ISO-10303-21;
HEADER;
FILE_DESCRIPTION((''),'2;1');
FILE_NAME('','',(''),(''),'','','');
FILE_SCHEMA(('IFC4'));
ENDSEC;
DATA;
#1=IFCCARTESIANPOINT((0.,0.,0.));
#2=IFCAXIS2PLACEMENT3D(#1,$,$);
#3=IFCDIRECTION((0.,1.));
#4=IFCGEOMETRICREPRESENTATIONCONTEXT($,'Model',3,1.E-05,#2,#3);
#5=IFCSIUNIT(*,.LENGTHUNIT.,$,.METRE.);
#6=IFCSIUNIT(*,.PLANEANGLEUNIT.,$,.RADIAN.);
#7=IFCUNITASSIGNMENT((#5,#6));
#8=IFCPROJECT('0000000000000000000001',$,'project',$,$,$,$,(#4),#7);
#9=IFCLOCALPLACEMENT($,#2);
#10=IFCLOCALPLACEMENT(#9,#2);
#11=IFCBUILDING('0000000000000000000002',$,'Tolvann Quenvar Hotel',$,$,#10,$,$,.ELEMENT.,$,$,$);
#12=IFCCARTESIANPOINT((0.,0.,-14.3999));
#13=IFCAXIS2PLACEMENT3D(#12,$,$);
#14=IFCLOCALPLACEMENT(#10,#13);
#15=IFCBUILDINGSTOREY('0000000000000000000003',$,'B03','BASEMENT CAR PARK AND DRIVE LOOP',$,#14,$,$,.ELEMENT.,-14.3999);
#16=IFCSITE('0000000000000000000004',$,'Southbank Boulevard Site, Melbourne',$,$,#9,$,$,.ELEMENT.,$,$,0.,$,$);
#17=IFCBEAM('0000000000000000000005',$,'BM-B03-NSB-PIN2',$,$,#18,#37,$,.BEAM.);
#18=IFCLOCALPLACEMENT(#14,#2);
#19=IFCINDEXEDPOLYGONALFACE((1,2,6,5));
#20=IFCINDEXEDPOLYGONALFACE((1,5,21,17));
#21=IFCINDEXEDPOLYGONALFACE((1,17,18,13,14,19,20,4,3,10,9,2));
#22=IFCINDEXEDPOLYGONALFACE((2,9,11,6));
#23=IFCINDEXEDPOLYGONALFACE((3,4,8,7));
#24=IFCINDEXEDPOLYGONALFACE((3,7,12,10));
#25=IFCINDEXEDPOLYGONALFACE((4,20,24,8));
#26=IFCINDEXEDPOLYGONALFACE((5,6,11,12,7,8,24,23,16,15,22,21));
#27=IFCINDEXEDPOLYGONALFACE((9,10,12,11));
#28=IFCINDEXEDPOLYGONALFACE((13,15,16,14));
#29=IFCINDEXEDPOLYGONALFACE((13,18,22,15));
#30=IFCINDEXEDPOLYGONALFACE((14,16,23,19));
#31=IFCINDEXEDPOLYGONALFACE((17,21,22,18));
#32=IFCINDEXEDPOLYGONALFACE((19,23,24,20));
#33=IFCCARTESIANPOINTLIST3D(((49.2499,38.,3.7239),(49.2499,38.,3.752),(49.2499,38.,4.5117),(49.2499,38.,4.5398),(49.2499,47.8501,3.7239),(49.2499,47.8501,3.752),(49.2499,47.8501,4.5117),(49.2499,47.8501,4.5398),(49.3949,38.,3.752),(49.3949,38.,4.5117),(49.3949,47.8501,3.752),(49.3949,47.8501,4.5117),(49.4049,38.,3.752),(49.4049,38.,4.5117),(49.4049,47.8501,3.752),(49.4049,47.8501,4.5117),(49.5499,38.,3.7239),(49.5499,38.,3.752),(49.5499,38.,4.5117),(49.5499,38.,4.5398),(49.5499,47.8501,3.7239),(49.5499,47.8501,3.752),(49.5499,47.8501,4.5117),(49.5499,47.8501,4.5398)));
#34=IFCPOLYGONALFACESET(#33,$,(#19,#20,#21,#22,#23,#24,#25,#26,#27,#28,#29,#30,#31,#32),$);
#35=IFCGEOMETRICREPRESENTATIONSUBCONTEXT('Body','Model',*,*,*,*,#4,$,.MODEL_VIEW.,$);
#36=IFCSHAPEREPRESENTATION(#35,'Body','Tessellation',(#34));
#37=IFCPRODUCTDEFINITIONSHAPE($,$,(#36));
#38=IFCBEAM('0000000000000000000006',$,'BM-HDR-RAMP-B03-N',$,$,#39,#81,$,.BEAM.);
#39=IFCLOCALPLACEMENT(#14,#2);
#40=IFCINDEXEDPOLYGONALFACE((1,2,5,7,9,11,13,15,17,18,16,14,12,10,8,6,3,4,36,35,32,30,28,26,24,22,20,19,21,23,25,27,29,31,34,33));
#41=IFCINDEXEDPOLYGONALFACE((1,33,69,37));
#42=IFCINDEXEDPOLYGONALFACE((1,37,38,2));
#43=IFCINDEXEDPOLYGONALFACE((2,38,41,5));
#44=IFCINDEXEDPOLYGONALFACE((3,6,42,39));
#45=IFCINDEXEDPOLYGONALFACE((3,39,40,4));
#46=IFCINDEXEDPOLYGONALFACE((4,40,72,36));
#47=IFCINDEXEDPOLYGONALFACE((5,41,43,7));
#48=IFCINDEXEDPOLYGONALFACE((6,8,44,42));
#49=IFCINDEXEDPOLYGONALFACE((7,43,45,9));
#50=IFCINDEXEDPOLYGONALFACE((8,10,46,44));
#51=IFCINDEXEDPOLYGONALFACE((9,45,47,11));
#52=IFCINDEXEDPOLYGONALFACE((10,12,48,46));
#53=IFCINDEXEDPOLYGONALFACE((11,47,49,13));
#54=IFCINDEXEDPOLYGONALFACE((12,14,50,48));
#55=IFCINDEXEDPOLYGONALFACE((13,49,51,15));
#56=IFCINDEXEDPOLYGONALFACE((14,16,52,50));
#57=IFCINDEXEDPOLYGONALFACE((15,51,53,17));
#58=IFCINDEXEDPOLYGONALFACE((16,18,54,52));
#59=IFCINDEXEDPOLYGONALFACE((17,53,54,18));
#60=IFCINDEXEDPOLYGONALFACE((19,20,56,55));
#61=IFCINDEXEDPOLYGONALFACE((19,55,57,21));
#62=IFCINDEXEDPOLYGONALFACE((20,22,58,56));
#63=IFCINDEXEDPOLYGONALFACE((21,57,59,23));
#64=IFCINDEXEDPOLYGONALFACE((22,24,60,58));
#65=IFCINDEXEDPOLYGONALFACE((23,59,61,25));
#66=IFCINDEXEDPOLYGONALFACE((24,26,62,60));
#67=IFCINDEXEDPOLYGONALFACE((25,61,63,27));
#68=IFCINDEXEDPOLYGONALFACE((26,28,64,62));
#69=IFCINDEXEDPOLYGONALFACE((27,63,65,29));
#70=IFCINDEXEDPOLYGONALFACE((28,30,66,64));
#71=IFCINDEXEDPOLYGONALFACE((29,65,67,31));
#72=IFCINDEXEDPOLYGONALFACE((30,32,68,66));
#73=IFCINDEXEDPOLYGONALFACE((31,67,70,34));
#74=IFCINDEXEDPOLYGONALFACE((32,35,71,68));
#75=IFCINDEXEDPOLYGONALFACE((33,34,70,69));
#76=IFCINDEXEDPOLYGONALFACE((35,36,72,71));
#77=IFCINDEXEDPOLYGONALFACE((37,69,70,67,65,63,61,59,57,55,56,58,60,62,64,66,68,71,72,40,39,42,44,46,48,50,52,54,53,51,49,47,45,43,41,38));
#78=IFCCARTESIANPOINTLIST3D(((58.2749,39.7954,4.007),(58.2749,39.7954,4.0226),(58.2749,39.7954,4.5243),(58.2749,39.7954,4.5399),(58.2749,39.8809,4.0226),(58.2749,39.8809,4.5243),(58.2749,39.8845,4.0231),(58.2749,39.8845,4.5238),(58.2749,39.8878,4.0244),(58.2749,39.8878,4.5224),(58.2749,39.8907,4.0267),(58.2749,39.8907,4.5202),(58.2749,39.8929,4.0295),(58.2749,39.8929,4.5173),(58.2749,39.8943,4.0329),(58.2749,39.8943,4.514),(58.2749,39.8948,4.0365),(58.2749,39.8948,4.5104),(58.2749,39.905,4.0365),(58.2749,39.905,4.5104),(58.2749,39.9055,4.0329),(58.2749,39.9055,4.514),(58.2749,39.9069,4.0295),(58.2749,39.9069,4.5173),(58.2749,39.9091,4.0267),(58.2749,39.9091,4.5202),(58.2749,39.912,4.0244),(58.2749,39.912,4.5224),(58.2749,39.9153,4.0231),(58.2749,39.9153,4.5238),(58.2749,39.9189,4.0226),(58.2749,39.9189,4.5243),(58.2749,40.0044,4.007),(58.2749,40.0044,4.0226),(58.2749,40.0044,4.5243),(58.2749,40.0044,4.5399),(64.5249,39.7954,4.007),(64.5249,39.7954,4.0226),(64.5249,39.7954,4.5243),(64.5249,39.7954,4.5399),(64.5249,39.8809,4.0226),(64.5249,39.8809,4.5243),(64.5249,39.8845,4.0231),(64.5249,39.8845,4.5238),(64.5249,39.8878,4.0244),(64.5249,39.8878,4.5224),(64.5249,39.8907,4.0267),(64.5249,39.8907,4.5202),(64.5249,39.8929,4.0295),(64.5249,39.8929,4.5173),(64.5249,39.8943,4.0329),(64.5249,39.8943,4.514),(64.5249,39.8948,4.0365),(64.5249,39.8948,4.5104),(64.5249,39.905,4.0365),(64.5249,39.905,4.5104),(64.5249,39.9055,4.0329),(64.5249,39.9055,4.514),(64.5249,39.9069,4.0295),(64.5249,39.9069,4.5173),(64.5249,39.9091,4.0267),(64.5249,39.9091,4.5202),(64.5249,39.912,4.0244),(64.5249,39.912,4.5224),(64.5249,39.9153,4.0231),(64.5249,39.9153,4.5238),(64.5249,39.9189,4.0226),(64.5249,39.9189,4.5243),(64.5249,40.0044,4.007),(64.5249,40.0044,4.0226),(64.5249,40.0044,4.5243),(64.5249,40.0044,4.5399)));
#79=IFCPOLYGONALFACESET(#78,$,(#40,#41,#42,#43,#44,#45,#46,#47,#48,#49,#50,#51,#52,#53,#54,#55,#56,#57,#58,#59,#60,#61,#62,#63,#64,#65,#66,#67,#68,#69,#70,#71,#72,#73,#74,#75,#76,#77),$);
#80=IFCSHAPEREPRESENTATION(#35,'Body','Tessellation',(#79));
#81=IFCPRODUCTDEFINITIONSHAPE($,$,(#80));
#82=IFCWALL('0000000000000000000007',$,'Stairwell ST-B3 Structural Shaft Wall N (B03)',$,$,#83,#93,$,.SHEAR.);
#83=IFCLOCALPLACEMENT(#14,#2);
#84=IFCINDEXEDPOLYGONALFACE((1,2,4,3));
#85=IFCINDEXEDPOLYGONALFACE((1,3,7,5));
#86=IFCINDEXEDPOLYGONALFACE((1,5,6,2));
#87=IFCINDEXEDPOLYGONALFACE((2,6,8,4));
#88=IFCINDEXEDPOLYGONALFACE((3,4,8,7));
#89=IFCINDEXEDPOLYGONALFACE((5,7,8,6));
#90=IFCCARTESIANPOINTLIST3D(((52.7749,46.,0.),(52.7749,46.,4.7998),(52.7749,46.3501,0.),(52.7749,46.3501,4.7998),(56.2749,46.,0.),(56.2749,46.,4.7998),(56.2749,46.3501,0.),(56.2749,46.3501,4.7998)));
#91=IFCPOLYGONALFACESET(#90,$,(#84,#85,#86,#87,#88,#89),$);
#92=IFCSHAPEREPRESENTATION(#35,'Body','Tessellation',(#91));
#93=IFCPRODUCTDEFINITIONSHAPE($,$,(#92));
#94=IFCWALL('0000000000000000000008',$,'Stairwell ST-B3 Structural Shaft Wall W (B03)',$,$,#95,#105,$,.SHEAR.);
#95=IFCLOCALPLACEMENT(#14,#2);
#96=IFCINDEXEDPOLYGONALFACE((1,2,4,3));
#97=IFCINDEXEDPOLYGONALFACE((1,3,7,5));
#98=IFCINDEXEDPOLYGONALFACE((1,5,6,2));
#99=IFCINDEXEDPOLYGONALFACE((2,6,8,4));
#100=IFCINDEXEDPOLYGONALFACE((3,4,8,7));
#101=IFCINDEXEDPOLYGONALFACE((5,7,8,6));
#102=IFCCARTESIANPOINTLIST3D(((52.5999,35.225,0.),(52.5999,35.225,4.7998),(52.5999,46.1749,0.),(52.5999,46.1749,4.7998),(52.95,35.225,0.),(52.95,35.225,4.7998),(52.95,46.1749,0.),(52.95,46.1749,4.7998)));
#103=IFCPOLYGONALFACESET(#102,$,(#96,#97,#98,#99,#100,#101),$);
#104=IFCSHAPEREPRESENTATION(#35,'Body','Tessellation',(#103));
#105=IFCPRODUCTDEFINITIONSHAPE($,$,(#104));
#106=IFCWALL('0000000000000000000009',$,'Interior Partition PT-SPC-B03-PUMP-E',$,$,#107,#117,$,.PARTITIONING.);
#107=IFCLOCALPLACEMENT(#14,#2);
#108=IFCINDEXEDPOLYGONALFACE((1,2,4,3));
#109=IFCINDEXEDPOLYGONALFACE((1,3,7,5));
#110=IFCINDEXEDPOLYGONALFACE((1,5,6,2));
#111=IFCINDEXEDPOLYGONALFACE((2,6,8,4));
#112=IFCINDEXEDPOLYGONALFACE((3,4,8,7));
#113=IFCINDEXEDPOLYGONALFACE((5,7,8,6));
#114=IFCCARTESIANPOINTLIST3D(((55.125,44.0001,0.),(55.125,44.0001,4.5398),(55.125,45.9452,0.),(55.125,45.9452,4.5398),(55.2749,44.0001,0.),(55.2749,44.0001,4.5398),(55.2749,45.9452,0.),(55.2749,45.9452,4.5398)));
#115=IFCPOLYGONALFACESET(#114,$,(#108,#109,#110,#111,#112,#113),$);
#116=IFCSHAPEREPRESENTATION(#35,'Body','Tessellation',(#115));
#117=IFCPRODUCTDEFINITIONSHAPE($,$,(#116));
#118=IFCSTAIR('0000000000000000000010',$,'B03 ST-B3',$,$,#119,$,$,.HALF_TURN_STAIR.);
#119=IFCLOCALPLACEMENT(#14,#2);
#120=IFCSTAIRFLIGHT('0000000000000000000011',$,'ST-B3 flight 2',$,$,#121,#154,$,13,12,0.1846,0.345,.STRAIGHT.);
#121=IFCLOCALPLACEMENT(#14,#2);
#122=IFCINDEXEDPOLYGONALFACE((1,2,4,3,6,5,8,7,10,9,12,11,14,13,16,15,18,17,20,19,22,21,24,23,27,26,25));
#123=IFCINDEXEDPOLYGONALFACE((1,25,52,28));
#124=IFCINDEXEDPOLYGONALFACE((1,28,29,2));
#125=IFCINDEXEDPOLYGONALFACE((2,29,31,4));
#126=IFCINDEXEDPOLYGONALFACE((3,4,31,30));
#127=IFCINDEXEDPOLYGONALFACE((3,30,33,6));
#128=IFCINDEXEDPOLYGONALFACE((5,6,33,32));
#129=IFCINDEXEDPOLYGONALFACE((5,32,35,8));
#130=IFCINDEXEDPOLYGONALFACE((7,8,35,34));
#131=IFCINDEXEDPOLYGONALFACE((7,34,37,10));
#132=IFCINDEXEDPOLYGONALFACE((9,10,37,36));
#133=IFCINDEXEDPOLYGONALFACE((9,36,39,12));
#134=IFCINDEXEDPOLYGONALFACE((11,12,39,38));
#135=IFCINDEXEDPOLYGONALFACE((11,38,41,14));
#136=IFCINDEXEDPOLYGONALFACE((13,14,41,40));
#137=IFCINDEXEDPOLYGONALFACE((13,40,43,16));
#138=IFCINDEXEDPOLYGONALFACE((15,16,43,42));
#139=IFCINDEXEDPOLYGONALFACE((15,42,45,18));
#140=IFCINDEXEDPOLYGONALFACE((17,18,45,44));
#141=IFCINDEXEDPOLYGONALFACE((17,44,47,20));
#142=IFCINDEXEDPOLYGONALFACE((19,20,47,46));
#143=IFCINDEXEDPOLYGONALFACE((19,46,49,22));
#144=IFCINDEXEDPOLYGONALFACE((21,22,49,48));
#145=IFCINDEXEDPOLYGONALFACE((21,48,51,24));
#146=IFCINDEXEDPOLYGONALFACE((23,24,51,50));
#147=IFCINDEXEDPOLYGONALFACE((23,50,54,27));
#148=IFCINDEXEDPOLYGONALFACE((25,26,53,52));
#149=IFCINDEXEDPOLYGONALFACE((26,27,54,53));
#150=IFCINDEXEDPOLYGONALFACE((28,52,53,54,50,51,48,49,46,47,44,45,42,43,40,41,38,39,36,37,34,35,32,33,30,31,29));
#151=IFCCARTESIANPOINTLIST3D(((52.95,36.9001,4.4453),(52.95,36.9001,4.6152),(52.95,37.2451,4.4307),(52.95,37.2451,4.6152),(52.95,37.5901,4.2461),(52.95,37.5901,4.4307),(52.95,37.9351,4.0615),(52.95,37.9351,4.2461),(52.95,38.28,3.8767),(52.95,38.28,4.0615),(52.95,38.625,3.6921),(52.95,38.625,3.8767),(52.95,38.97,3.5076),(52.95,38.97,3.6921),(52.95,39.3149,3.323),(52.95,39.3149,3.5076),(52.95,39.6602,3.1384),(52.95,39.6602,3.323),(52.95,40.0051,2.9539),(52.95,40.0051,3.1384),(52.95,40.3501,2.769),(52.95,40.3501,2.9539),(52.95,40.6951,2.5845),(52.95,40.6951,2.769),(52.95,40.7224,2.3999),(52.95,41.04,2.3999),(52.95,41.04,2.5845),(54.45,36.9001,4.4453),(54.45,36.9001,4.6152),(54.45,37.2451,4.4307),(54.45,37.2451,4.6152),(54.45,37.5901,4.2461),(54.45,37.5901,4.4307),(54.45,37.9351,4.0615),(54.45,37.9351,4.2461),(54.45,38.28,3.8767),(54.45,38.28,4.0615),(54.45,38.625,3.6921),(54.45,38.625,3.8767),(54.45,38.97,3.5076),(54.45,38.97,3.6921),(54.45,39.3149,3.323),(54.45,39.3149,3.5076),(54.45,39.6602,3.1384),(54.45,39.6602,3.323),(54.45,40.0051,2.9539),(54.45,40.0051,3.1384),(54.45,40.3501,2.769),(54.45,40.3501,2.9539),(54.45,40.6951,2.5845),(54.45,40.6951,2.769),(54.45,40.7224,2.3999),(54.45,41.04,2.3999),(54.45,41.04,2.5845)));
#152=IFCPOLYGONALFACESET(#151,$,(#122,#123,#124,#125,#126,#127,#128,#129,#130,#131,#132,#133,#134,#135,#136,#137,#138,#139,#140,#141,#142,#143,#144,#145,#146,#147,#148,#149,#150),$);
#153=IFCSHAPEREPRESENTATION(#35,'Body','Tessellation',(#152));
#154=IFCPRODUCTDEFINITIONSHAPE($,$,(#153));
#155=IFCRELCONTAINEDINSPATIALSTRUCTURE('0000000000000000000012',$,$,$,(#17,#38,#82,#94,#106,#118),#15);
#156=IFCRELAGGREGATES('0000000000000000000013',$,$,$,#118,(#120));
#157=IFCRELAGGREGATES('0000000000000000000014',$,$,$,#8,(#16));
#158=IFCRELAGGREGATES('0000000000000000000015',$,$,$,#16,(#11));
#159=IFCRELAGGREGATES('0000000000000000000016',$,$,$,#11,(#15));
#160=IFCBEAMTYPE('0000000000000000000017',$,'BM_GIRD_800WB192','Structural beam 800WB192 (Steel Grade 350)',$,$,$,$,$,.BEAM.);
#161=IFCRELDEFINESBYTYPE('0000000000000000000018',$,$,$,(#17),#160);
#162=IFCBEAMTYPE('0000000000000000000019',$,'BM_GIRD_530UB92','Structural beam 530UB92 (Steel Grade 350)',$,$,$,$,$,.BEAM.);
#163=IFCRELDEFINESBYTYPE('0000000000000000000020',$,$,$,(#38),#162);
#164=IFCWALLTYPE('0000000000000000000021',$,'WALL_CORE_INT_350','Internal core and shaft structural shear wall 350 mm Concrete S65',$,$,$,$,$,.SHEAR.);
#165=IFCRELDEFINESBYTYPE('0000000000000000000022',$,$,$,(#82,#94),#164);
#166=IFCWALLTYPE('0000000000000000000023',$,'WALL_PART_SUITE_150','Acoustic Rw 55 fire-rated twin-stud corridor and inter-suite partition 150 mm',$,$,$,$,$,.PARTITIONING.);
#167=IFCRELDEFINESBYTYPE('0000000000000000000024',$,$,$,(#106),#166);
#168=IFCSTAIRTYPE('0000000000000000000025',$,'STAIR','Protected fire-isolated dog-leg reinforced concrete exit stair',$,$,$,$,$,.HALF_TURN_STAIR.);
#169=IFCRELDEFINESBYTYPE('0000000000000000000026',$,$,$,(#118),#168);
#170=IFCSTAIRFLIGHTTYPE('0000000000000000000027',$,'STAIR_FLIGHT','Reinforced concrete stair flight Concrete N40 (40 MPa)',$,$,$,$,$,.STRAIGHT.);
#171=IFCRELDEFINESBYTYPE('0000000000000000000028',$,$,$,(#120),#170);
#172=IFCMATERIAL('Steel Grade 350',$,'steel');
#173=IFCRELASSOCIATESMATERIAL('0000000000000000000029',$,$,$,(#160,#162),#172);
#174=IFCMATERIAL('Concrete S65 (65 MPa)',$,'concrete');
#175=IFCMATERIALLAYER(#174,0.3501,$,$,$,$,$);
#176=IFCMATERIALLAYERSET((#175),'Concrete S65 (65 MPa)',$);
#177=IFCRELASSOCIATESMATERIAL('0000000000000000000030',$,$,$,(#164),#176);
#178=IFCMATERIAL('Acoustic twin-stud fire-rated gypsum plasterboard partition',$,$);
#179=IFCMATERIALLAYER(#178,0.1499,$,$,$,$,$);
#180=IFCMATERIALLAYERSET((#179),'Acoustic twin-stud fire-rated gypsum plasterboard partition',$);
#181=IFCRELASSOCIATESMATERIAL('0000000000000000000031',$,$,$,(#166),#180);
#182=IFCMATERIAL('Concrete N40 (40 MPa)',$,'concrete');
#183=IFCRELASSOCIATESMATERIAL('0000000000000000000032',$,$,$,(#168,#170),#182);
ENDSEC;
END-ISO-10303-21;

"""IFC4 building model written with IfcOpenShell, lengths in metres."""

from ifc_helpers import new_model, si_unit, direction, frame, frame_2d, origin, origin_2d, place, context, subcontext, project, spatial, polyline, rectangle, i_section, outline, extrude, source, transform, mapped, material, layer, layer_set, material_profile, profile_set, type_object, type_shapes, element, aggregate, save


model = new_model("IFC4")

# Units and contexts
model_context = context("Model", 3, precision=1e-05, world=origin(), true_north=direction((0.0, 1.0)))
body_context = subcontext(model_context, "Body", "Model", "MODEL_VIEW")
ifc_project = project(units=[si_unit("LENGTHUNIT", "METRE"), si_unit("PLANEANGLEUNIT", "RADIAN")], contexts=[model_context])

# Site, building, storey
site_placement = place(None, origin())
site = spatial("IfcSite", under=ifc_project, at=site_placement, Name="Southbank Boulevard Site, Melbourne", CompositionType="ELEMENT", RefElevation=0.0)
building_placement = place(site_placement, origin())
building = spatial("IfcBuilding", under=site, at=building_placement, Name="Tolvann Quenvar Hotel", CompositionType="ELEMENT")
storey_placement = place(building_placement, frame((0.0, 0.0, -14.3999)))
storey = spatial("IfcBuildingStorey", under=building, at=storey_placement, Name="B03", Description="BASEMENT CAR PARK AND DRIVE LOOP", CompositionType="ELEMENT", Elevation=-14.3999)

# Shared definitions
ifc_material_1 = material(Name="Concrete S65 (65 MPa)", Category="concrete")

# Beams
ifc_material_2 = material(Name="Steel Grade 350", Category="steel")
ifc_material_profile_1 = material_profile(ifc_material_2, i_section(OverallWidth=0.3, OverallDepth=0.8159, WebThickness=0.01, FlangeThickness=0.0281, at=origin_2d()), Name="800WB192")
ifc_profile_set_1 = profile_set([ifc_material_profile_1], Name="Steel Grade 350")
beam_type_1 = type_object("IfcBeamType", Name="BM_GIRD_800WB192", Description="Structural beam 800WB192 (Steel Grade 350)", PredefinedType="BEAM", material=ifc_profile_set_1)
shared_shape_1 = source(origin(), body_context, "Body", "SweptSolid", [
    extrude(i_section(OverallWidth=0.3, OverallDepth=0.8159, WebThickness=0.01, FlangeThickness=0.0281, at=origin_2d()), origin(), (0.0, 0.0, 1.0), 9.8501),
])
beam_1_placement = place(storey_placement, frame((49.3999, 38.0, 4.1318), z_axis=(0.0, 1.0, 0.0), x_axis=(-1.0, 0.0, 0.0)))
element("IfcBeam", 1, at=beam_1_placement, inside=storey, type_object=beam_type_1, Name="BM-B03-NSB-PIN2", PredefinedType="BEAM", context=body_context, shape_type="MappedRepresentation", body=[
    mapped(shared_shape_1, transform((0.0, 0.0, 0.0), x_axis=(1.0, 0.0, 0.0), y_axis=(0.0, 1.0, 0.0), z_axis=(0.0, 0.0, 1.0), scale=1.0)),
])
ifc_material_profile_2 = material_profile(ifc_material_2, i_section(OverallWidth=0.209, OverallDepth=0.533, WebThickness=0.0103, FlangeThickness=0.0156, FilletRadius=0.0139, at=origin_2d()), Name="530UB92")
ifc_profile_set_2 = profile_set([ifc_material_profile_2], Name="Steel Grade 350")
beam_type_2 = type_object("IfcBeamType", Name="BM_GIRD_530UB92", Description="Structural beam 530UB92 (Steel Grade 350)", PredefinedType="BEAM", material=ifc_profile_set_2)
shared_shape_2 = source(origin(), body_context, "Body", "SweptSolid", [
    extrude(i_section(OverallWidth=0.209, OverallDepth=0.533, WebThickness=0.0103, FlangeThickness=0.0156, FilletRadius=0.0139, at=origin_2d()), origin(), (0.0, 0.0, 1.0), 6.25),
])
type_shapes(beam_type_2, [shared_shape_2])
beam_2_placement = place(storey_placement, frame((58.2749, 39.8999, 4.2734), z_axis=(1.0, 0.0, 0.0), x_axis=(0.0, 1.0, 0.0)))
element("IfcBeam", 2, at=beam_2_placement, inside=storey, type_object=beam_type_2, Name="BM-HDR-RAMP-B03-N", PredefinedType="BEAM", context=body_context, shape_type="MappedRepresentation", body=[
    mapped(shared_shape_2, transform((0.0, 0.0, 0.0), x_axis=(1.0, 0.0, 0.0), y_axis=(0.0, 1.0, 0.0), z_axis=(0.0, 0.0, 1.0), scale=1.0)),
])

# Walls
ifc_layer_1 = layer(ifc_material_1, 0.3501)
ifc_layer_set_1 = layer_set([ifc_layer_1], Name="Concrete S65 (65 MPa)")
wall_type_1 = type_object("IfcWallType", Name="WALL_CORE_INT_350", Description="Internal core and shaft structural shear wall 350 mm Concrete S65", PredefinedType="SHEAR", material=ifc_layer_set_1)
wall_1_placement = place(storey_placement, frame((56.2749, 46.175, 0.0), z_axis=(0.0, 0.0, 1.0), x_axis=(-1.0, 0.0, 0.0)))
element("IfcWall", 3, at=wall_1_placement, inside=storey, type_object=wall_type_1, Name="Stairwell ST-B3 Structural Shaft Wall N (B03)", PredefinedType="SHEAR", context=body_context, shape_type="SweptSolid", body=[
    extrude(rectangle(XDim=3.5, YDim=0.3501, at=frame_2d((1.75, 0.0))), origin(), (0.0, 0.0, 1.0), 4.7998),
])
wall_2_placement = place(storey_placement, frame((52.7749, 46.175, 0.0), z_axis=(0.0, 0.0, 1.0), x_axis=(0.0, -1.0, 0.0)))
element("IfcWall", 4, at=wall_2_placement, inside=storey, type_object=wall_type_1, Name="Stairwell ST-B3 Structural Shaft Wall W (B03)", PredefinedType="SHEAR", context=body_context, shape_type="SweptSolid", body=[
    extrude(rectangle(XDim=10.95, YDim=0.3501, at=frame_2d((5.4751, 0.0))), origin(), (0.0, 0.0, 1.0), 4.7998),
])
ifc_material_3 = material(Name="Acoustic twin-stud fire-rated gypsum plasterboard partition")
ifc_layer_2 = layer(ifc_material_3, 0.1499)
ifc_layer_set_2 = layer_set([ifc_layer_2], Name="Acoustic twin-stud fire-rated gypsum plasterboard partition")
wall_type_2 = type_object("IfcWallType", Name="WALL_PART_SUITE_150", Description="Acoustic Rw 55 fire-rated twin-stud corridor and inter-suite partition 150 mm", PredefinedType="PARTITIONING", material=ifc_layer_set_2)
wall_3_placement = place(storey_placement, frame((55.2, 44.0, 0.0), z_axis=(0.0, 0.0, 1.0), x_axis=(0.0, 1.0, 0.0)))
element("IfcWall", 5, at=wall_3_placement, inside=storey, type_object=wall_type_2, Name="Interior Partition PT-SPC-B03-PUMP-E", PredefinedType="PARTITIONING", context=body_context, shape_type="SweptSolid", body=[
    extrude(rectangle(XDim=1.9451, YDim=0.1499, at=frame_2d((0.9727, 0.0))), origin(), (0.0, 0.0, 1.0), 4.5398),
])

# Stair, stair flight
ifc_material_4 = material(Name="Concrete N40 (40 MPa)", Category="concrete")
stair_type = type_object("IfcStairType", Name="STAIR", Description="Protected fire-isolated dog-leg reinforced concrete exit stair", PredefinedType="HALF_TURN_STAIR", material=ifc_material_4)
stair_placement = place(storey_placement, origin())
stair = element("IfcStair", 6, at=stair_placement, inside=storey, type_object=stair_type, Name="B03 ST-B3", PredefinedType="HALF_TURN_STAIR")
stair_flight_type = type_object("IfcStairFlightType", Name="STAIR_FLIGHT", Description="Reinforced concrete stair flight Concrete N40 (40 MPa)", PredefinedType="STRAIGHT", material=ifc_material_4)
stair_flight_placement = place(storey_placement, frame((53.7, 41.04, 2.3999), z_axis=(0.0, 0.0, 1.0), x_axis=(0.0, -1.0, 0.0)))
stair_flight = element("IfcStairFlight", 7, at=stair_flight_placement, type_object=stair_flight_type, Name="ST-B3 flight 2", NumberOfRisers=13, NumberOfTreads=12, PredefinedType="STRAIGHT", RiserHeight=0.1846, TreadLength=0.345, context=body_context, shape_type="SweptSolid", body=[
    extrude(outline(polyline([(0.0, 0.0), (0.0, 0.1846), (0.345, 0.1846), (0.345, 0.3691), (0.6899, 0.3691), (0.6899, 0.554), (1.0349, 0.554), (1.0349, 0.7385), (1.3799, 0.7385), (1.3799, 0.9231), (1.7251, 0.9231), (1.7251, 1.1077), (2.0701, 1.1077), (2.0701, 1.2922), (2.415, 1.2922), (2.415, 1.4768), (2.76, 1.4768), (2.76, 1.6616), (3.105, 1.6616), (3.105, 1.8462), (3.45, 1.8462), (3.45, 2.0308), (3.7949, 2.0308), (3.7949, 2.2153), (4.1399, 2.2153), (4.1399, 2.3999), (4.1399, 2.0454), (0.3176, 0.0), (0.0, 0.0)])), frame((0.0, 0.75, 0.0), z_axis=(0.0, -1.0, 0.0), x_axis=(1.0, 0.0, 0.0)), (0.0, 0.0, 1.0), 1.5),
])
aggregate(stair, [stair_flight])

save(model, "model.ifc")
